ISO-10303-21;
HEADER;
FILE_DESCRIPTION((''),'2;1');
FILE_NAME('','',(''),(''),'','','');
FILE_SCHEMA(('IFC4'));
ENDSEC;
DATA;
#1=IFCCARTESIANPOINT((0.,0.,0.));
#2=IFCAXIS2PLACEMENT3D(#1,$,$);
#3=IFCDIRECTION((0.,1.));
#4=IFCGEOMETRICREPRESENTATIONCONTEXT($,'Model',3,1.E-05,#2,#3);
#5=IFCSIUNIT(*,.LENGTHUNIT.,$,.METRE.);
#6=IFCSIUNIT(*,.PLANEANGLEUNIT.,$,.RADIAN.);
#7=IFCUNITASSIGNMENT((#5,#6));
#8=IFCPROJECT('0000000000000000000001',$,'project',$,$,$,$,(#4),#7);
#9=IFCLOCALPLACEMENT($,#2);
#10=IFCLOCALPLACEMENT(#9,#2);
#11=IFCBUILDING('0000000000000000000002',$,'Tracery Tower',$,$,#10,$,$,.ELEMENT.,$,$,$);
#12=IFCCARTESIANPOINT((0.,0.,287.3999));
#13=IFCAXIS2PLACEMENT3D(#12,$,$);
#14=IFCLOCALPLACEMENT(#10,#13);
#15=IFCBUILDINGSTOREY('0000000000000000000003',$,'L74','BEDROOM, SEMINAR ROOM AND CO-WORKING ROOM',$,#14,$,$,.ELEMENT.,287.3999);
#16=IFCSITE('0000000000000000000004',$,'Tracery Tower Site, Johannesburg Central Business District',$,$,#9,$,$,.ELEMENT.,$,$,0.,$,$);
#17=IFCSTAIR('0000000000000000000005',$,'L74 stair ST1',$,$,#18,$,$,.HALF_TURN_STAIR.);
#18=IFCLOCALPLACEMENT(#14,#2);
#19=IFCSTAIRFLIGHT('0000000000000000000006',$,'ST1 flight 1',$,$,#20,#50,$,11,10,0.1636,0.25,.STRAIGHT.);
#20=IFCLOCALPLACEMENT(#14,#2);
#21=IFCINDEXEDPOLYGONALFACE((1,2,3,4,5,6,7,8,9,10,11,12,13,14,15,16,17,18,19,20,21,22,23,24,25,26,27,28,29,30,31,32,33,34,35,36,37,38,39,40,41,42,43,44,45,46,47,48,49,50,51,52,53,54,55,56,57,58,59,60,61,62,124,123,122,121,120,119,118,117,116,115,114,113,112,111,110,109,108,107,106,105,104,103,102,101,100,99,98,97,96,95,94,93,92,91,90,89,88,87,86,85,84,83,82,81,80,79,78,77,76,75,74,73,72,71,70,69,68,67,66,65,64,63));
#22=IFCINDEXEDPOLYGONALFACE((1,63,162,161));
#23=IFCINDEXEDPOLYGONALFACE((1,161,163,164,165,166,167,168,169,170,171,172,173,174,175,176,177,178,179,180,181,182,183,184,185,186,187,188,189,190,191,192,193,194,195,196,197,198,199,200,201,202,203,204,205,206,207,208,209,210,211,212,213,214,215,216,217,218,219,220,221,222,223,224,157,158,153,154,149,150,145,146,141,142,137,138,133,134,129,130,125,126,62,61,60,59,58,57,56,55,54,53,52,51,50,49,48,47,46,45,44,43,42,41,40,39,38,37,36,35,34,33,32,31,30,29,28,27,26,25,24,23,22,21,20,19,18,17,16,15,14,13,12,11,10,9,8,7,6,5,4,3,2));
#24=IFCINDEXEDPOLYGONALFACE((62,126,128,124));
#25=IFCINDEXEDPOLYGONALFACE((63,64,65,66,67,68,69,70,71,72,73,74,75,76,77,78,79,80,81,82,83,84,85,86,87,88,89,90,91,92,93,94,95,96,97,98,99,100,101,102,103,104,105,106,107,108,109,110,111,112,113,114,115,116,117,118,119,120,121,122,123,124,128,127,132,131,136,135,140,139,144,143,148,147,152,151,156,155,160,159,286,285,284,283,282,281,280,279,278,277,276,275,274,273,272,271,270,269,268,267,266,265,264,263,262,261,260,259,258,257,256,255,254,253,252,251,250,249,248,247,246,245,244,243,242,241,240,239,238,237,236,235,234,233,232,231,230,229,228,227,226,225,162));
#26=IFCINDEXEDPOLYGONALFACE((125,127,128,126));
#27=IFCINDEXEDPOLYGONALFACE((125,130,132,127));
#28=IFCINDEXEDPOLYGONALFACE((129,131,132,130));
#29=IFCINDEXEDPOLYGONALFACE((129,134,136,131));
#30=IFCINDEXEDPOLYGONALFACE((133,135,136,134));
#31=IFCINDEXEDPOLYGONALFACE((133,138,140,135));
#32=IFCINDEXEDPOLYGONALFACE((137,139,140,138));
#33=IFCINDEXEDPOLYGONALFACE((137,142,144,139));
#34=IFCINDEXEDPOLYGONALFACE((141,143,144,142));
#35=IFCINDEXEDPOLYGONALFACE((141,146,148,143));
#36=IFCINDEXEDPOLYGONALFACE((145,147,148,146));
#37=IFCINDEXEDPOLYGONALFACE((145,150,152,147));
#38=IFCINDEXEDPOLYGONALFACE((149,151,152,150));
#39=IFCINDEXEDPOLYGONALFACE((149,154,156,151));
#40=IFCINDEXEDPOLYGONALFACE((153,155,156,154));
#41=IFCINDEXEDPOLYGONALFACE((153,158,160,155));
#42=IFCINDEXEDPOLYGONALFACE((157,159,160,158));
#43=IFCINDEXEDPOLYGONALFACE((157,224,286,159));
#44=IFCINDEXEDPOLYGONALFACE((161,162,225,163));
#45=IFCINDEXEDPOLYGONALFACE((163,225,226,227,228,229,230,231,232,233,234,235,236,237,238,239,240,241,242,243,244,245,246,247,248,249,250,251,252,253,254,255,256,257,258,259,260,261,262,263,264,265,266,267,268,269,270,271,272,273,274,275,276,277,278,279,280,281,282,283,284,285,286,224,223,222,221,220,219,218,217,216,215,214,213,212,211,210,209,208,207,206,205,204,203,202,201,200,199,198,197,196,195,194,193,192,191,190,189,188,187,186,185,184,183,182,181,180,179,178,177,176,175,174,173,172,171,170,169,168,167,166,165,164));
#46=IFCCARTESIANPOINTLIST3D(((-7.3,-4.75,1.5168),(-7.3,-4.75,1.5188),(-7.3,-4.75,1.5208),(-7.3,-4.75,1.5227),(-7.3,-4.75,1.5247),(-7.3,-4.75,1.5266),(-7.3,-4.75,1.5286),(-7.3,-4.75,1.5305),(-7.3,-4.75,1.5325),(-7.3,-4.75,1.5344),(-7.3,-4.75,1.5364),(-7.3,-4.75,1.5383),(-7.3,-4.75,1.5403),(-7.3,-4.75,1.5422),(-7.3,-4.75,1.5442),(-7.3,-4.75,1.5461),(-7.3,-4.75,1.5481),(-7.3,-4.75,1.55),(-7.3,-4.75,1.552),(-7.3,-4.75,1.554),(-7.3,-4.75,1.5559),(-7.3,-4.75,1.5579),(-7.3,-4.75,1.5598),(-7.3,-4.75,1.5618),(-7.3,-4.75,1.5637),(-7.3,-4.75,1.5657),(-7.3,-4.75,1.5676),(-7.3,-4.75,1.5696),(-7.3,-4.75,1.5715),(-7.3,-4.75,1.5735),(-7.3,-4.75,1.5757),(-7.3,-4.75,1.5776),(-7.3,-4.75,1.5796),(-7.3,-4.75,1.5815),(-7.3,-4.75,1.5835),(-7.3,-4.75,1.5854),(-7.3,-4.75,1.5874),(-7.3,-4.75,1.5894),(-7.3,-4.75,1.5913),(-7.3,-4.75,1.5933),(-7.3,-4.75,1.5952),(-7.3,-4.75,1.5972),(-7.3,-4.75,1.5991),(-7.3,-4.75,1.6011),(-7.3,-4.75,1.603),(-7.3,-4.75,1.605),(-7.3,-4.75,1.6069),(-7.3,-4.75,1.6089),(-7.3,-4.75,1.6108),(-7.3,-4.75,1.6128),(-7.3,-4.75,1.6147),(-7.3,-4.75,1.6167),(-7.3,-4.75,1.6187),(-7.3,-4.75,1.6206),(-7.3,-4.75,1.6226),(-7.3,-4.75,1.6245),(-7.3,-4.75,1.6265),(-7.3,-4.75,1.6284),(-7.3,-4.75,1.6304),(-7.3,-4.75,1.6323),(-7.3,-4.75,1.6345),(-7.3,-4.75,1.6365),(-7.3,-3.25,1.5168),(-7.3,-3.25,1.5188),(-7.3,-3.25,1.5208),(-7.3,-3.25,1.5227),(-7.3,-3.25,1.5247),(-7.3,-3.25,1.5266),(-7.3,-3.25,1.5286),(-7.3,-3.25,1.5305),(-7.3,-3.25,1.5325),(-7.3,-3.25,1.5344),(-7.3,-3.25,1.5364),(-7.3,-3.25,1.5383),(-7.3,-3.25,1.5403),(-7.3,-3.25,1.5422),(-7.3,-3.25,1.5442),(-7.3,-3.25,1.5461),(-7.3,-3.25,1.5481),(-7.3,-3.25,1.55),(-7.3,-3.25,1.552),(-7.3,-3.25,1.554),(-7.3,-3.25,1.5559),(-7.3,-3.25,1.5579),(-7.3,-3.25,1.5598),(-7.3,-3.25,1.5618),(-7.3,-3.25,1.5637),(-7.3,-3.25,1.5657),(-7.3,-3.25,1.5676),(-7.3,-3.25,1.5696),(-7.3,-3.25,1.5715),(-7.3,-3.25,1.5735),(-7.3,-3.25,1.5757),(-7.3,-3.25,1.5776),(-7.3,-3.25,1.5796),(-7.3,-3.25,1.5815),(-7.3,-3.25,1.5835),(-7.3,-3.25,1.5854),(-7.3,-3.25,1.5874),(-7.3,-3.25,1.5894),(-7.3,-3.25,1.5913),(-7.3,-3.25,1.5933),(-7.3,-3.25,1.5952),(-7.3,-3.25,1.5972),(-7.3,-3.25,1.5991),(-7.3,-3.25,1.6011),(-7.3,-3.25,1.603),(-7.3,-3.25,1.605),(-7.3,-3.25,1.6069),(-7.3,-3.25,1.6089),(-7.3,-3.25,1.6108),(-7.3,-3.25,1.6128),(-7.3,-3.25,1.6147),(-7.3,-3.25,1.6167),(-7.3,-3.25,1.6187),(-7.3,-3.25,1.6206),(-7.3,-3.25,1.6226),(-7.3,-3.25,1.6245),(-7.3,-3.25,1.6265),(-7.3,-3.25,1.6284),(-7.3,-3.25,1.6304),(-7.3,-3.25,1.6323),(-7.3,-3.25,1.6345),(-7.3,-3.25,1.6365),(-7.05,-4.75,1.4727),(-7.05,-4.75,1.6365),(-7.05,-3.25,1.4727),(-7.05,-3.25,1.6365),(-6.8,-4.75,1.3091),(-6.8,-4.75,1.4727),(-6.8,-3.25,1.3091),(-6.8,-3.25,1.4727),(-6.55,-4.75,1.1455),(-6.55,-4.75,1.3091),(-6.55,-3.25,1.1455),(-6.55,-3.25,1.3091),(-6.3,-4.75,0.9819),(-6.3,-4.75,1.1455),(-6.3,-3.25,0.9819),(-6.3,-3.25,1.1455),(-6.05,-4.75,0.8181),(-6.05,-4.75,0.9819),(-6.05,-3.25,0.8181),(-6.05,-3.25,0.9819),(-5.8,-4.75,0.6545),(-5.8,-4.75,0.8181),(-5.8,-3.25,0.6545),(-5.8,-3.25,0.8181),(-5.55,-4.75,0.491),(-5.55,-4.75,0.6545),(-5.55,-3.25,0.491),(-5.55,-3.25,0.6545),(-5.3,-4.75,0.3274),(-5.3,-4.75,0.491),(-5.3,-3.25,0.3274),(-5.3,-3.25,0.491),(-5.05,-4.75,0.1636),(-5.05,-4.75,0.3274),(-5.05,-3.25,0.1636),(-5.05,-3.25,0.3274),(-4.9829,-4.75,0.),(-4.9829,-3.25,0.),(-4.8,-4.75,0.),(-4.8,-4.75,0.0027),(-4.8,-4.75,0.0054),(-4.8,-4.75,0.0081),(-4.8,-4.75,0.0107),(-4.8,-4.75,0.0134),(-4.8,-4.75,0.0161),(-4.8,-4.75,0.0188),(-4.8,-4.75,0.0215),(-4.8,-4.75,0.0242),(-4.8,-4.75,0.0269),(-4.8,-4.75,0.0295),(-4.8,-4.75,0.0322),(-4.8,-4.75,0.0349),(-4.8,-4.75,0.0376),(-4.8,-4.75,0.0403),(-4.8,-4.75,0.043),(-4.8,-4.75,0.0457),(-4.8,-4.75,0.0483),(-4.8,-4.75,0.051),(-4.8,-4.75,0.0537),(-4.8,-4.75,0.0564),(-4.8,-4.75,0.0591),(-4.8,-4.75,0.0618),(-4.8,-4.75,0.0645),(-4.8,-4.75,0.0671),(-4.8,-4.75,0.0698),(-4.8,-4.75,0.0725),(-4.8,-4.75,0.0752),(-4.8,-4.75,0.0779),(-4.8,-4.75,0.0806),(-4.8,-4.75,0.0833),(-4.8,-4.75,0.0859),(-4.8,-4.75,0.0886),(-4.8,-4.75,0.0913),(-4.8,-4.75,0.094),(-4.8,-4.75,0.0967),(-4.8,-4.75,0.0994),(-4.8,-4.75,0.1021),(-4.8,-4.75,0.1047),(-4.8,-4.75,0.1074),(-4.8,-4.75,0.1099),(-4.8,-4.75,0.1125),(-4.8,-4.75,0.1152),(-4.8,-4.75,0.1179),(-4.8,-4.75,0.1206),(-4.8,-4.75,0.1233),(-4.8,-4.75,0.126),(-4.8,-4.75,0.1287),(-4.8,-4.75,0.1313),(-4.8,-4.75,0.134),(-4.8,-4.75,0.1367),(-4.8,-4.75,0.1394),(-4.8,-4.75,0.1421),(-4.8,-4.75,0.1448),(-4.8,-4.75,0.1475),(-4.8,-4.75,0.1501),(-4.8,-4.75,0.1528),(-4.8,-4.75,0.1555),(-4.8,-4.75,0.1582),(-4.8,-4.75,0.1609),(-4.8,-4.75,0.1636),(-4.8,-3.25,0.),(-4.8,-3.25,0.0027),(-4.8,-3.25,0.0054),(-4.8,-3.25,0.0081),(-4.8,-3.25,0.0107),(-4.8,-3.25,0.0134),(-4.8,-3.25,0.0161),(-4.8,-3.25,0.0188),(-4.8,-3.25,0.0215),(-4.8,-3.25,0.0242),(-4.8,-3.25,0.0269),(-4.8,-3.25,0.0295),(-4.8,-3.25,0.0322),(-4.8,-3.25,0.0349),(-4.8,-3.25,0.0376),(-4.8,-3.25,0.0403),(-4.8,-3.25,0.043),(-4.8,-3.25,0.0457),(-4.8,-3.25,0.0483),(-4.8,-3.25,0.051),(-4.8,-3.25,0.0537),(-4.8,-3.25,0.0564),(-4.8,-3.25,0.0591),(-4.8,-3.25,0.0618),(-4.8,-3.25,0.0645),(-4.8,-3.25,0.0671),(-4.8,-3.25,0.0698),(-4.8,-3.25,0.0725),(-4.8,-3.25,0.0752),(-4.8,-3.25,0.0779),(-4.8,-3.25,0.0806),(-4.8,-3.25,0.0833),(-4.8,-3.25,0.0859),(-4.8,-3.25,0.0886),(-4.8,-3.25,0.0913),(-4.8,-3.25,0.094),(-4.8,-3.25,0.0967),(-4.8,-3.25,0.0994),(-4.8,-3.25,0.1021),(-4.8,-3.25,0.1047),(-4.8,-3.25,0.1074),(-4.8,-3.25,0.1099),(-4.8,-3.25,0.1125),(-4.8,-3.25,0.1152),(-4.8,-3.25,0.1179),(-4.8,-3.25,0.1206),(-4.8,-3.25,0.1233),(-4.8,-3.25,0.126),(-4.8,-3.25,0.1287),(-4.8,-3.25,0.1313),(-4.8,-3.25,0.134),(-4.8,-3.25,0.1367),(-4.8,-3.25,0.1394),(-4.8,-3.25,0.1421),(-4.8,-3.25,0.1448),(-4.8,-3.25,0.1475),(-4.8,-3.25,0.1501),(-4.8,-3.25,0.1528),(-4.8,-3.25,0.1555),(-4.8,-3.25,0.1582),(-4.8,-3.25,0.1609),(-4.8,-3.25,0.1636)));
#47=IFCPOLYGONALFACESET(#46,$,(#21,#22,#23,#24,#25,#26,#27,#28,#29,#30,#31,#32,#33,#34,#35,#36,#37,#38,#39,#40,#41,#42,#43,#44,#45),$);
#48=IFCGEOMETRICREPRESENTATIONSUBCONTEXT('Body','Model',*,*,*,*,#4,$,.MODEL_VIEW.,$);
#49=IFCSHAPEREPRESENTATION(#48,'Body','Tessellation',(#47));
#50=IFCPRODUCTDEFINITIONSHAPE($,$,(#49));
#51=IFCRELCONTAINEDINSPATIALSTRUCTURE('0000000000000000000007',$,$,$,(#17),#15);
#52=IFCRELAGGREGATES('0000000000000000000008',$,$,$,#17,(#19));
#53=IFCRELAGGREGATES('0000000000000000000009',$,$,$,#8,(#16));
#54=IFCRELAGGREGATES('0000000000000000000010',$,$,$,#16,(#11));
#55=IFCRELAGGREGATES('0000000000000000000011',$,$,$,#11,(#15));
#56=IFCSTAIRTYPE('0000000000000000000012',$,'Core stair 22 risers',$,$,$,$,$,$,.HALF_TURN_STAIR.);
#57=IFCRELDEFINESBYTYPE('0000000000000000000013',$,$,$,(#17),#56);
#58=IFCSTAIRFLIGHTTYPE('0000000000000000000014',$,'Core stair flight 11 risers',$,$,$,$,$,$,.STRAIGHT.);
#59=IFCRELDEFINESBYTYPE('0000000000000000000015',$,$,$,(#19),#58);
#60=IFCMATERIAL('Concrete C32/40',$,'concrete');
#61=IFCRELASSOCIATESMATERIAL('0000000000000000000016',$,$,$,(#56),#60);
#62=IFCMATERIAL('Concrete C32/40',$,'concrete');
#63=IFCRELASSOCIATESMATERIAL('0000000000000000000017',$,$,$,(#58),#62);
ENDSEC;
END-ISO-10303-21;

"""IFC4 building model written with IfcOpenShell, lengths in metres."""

from ifc_helpers import new_model, si_unit, direction, frame, origin, place, context, subcontext, project, spatial, polyline, outline, extrude, material, type_object, element, aggregate, save


model = new_model("IFC4")

# Units and contexts
model_context = context("Model", 3, precision=1e-05, world=origin(), true_north=direction((0.0, 1.0)))
body_context = subcontext(model_context, "Body", "Model", "MODEL_VIEW")
ifc_project = project(units=[si_unit("LENGTHUNIT", "METRE"), si_unit("PLANEANGLEUNIT", "RADIAN")], contexts=[model_context])

# Site, building, storey
site_placement = place(None, origin())
site = spatial("IfcSite", under=ifc_project, at=site_placement, Name="Tracery Tower Site, Johannesburg Central Business District", CompositionType="ELEMENT", RefElevation=0.0)
building_placement = place(site_placement, origin())
building = spatial("IfcBuilding", under=site, at=building_placement, Name="Tracery Tower", CompositionType="ELEMENT")
storey_placement = place(building_placement, frame((0.0, 0.0, 287.3999)))
storey = spatial("IfcBuildingStorey", under=building, at=storey_placement, Name="L74", Description="BEDROOM, SEMINAR ROOM AND CO-WORKING ROOM", CompositionType="ELEMENT", Elevation=287.3999)

# Stair, stair flight
ifc_material_1 = material(Name="Concrete C32/40", Category="concrete")
stair_type = type_object("IfcStairType", Name="Core stair 22 risers", PredefinedType="HALF_TURN_STAIR", material=ifc_material_1)
stair_placement = place(storey_placement, origin())
stair = element("IfcStair", 1, at=stair_placement, inside=storey, type_object=stair_type, Name="L74 stair ST1", PredefinedType="HALF_TURN_STAIR")
ifc_material_2 = material(Name="Concrete C32/40", Category="concrete")
stair_flight_type = type_object("IfcStairFlightType", Name="Core stair flight 11 risers", PredefinedType="STRAIGHT", material=ifc_material_2)
stair_flight_1_placement = place(storey_placement, frame((-4.8, -4.0, 0.0), z_axis=(0.0, 0.0, 1.0), x_axis=(-1.0, 0.0, 0.0)))
stair_flight_1 = element("IfcStairFlight", 2, at=stair_flight_1_placement, type_object=stair_flight_type, Name="ST1 flight 1", NumberOfRisers=11, NumberOfTreads=10, PredefinedType="STRAIGHT", RiserHeight=0.1636, TreadLength=0.25, context=body_context, shape_type="SweptSolid", body=[
    extrude(outline(polyline([(0.0, 0.0), (0.0, 0.0027), (0.0, 0.0054), (0.0, 0.0081), (0.0, 0.0107), (0.0, 0.0134), (0.0, 0.0161), (0.0, 0.0188), (0.0, 0.0215), (0.0, 0.0242), (0.0, 0.0269), (0.0, 0.0295), (0.0, 0.0322), (0.0, 0.0349), (0.0, 0.0376), (0.0, 0.0403), (0.0, 0.043), (0.0, 0.0457), (0.0, 0.0483), (0.0, 0.051), (0.0, 0.0537), (0.0, 0.0564), (0.0, 0.0591), (0.0, 0.0618), (0.0, 0.0645), (0.0, 0.0671), (0.0, 0.0698), (0.0, 0.0725), (0.0, 0.0752), (0.0, 0.0779), (0.0, 0.0806), (0.0, 0.0833), (0.0, 0.0859), (0.0, 0.0886), (0.0, 0.0913), (0.0, 0.094), (0.0, 0.0967), (0.0, 0.0994), (0.0, 0.1021), (0.0, 0.1047), (0.0, 0.1074), (0.0, 0.1099), (0.0, 0.1125), (0.0, 0.1152), (0.0, 0.1179), (0.0, 0.1206), (0.0, 0.1233), (0.0, 0.126), (0.0, 0.1287), (0.0, 0.1313), (0.0, 0.134), (0.0, 0.1367), (0.0, 0.1394), (0.0, 0.1421), (0.0, 0.1448), (0.0, 0.1475), (0.0, 0.1501), (0.0, 0.1528), (0.0, 0.1555), (0.0, 0.1582), (0.0, 0.1609), (0.0, 0.1636), (0.25, 0.1636), (0.25, 0.3274), (0.5, 0.3274), (0.5, 0.491), (0.75, 0.491), (0.75, 0.6545), (1.0, 0.6545), (1.0, 0.8181), (1.25, 0.8181), (1.25, 0.9819), (1.5, 0.9819), (1.5, 1.1455), (1.75, 1.1455), (1.75, 1.3091), (2.0, 1.3091), (2.0, 1.4727), (2.25, 1.4727), (2.25, 1.6365), (2.5, 1.6365), (2.5, 1.6345), (2.5, 1.6323), (2.5, 1.6304), (2.5, 1.6284), (2.5, 1.6265), (2.5, 1.6245), (2.5, 1.6226), (2.5, 1.6206), (2.5, 1.6187), (2.5, 1.6167), (2.5, 1.6147), (2.5, 1.6128), (2.5, 1.6108), (2.5, 1.6089), (2.5, 1.6069), (2.5, 1.605), (2.5, 1.603), (2.5, 1.6011), (2.5, 1.5991), (2.5, 1.5972), (2.5, 1.5952), (2.5, 1.5933), (2.5, 1.5913), (2.5, 1.5894), (2.5, 1.5874), (2.5, 1.5854), (2.5, 1.5835), (2.5, 1.5815), (2.5, 1.5796), (2.5, 1.5776), (2.5, 1.5757), (2.5, 1.5735), (2.5, 1.5715), (2.5, 1.5696), (2.5, 1.5676), (2.5, 1.5657), (2.5, 1.5637), (2.5, 1.5618), (2.5, 1.5598), (2.5, 1.5579), (2.5, 1.5559), (2.5, 1.554), (2.5, 1.552), (2.5, 1.55), (2.5, 1.5481), (2.5, 1.5461), (2.5, 1.5442), (2.5, 1.5422), (2.5, 1.5403), (2.5, 1.5383), (2.5, 1.5364), (2.5, 1.5344), (2.5, 1.5325), (2.5, 1.5305), (2.5, 1.5286), (2.5, 1.5266), (2.5, 1.5247), (2.5, 1.5227), (2.5, 1.5208), (2.5, 1.5188), (2.5, 1.5168), (0.1829, 0.0), (0.0, 0.0)])), frame((0.0, 0.75, 0.0), z_axis=(0.0, -1.0, 0.0), x_axis=(1.0, 0.0, 0.0)), (0.0, 0.0, 1.0), 1.5),
])
aggregate(stair, [stair_flight_1])

save(model, "model.ifc")
